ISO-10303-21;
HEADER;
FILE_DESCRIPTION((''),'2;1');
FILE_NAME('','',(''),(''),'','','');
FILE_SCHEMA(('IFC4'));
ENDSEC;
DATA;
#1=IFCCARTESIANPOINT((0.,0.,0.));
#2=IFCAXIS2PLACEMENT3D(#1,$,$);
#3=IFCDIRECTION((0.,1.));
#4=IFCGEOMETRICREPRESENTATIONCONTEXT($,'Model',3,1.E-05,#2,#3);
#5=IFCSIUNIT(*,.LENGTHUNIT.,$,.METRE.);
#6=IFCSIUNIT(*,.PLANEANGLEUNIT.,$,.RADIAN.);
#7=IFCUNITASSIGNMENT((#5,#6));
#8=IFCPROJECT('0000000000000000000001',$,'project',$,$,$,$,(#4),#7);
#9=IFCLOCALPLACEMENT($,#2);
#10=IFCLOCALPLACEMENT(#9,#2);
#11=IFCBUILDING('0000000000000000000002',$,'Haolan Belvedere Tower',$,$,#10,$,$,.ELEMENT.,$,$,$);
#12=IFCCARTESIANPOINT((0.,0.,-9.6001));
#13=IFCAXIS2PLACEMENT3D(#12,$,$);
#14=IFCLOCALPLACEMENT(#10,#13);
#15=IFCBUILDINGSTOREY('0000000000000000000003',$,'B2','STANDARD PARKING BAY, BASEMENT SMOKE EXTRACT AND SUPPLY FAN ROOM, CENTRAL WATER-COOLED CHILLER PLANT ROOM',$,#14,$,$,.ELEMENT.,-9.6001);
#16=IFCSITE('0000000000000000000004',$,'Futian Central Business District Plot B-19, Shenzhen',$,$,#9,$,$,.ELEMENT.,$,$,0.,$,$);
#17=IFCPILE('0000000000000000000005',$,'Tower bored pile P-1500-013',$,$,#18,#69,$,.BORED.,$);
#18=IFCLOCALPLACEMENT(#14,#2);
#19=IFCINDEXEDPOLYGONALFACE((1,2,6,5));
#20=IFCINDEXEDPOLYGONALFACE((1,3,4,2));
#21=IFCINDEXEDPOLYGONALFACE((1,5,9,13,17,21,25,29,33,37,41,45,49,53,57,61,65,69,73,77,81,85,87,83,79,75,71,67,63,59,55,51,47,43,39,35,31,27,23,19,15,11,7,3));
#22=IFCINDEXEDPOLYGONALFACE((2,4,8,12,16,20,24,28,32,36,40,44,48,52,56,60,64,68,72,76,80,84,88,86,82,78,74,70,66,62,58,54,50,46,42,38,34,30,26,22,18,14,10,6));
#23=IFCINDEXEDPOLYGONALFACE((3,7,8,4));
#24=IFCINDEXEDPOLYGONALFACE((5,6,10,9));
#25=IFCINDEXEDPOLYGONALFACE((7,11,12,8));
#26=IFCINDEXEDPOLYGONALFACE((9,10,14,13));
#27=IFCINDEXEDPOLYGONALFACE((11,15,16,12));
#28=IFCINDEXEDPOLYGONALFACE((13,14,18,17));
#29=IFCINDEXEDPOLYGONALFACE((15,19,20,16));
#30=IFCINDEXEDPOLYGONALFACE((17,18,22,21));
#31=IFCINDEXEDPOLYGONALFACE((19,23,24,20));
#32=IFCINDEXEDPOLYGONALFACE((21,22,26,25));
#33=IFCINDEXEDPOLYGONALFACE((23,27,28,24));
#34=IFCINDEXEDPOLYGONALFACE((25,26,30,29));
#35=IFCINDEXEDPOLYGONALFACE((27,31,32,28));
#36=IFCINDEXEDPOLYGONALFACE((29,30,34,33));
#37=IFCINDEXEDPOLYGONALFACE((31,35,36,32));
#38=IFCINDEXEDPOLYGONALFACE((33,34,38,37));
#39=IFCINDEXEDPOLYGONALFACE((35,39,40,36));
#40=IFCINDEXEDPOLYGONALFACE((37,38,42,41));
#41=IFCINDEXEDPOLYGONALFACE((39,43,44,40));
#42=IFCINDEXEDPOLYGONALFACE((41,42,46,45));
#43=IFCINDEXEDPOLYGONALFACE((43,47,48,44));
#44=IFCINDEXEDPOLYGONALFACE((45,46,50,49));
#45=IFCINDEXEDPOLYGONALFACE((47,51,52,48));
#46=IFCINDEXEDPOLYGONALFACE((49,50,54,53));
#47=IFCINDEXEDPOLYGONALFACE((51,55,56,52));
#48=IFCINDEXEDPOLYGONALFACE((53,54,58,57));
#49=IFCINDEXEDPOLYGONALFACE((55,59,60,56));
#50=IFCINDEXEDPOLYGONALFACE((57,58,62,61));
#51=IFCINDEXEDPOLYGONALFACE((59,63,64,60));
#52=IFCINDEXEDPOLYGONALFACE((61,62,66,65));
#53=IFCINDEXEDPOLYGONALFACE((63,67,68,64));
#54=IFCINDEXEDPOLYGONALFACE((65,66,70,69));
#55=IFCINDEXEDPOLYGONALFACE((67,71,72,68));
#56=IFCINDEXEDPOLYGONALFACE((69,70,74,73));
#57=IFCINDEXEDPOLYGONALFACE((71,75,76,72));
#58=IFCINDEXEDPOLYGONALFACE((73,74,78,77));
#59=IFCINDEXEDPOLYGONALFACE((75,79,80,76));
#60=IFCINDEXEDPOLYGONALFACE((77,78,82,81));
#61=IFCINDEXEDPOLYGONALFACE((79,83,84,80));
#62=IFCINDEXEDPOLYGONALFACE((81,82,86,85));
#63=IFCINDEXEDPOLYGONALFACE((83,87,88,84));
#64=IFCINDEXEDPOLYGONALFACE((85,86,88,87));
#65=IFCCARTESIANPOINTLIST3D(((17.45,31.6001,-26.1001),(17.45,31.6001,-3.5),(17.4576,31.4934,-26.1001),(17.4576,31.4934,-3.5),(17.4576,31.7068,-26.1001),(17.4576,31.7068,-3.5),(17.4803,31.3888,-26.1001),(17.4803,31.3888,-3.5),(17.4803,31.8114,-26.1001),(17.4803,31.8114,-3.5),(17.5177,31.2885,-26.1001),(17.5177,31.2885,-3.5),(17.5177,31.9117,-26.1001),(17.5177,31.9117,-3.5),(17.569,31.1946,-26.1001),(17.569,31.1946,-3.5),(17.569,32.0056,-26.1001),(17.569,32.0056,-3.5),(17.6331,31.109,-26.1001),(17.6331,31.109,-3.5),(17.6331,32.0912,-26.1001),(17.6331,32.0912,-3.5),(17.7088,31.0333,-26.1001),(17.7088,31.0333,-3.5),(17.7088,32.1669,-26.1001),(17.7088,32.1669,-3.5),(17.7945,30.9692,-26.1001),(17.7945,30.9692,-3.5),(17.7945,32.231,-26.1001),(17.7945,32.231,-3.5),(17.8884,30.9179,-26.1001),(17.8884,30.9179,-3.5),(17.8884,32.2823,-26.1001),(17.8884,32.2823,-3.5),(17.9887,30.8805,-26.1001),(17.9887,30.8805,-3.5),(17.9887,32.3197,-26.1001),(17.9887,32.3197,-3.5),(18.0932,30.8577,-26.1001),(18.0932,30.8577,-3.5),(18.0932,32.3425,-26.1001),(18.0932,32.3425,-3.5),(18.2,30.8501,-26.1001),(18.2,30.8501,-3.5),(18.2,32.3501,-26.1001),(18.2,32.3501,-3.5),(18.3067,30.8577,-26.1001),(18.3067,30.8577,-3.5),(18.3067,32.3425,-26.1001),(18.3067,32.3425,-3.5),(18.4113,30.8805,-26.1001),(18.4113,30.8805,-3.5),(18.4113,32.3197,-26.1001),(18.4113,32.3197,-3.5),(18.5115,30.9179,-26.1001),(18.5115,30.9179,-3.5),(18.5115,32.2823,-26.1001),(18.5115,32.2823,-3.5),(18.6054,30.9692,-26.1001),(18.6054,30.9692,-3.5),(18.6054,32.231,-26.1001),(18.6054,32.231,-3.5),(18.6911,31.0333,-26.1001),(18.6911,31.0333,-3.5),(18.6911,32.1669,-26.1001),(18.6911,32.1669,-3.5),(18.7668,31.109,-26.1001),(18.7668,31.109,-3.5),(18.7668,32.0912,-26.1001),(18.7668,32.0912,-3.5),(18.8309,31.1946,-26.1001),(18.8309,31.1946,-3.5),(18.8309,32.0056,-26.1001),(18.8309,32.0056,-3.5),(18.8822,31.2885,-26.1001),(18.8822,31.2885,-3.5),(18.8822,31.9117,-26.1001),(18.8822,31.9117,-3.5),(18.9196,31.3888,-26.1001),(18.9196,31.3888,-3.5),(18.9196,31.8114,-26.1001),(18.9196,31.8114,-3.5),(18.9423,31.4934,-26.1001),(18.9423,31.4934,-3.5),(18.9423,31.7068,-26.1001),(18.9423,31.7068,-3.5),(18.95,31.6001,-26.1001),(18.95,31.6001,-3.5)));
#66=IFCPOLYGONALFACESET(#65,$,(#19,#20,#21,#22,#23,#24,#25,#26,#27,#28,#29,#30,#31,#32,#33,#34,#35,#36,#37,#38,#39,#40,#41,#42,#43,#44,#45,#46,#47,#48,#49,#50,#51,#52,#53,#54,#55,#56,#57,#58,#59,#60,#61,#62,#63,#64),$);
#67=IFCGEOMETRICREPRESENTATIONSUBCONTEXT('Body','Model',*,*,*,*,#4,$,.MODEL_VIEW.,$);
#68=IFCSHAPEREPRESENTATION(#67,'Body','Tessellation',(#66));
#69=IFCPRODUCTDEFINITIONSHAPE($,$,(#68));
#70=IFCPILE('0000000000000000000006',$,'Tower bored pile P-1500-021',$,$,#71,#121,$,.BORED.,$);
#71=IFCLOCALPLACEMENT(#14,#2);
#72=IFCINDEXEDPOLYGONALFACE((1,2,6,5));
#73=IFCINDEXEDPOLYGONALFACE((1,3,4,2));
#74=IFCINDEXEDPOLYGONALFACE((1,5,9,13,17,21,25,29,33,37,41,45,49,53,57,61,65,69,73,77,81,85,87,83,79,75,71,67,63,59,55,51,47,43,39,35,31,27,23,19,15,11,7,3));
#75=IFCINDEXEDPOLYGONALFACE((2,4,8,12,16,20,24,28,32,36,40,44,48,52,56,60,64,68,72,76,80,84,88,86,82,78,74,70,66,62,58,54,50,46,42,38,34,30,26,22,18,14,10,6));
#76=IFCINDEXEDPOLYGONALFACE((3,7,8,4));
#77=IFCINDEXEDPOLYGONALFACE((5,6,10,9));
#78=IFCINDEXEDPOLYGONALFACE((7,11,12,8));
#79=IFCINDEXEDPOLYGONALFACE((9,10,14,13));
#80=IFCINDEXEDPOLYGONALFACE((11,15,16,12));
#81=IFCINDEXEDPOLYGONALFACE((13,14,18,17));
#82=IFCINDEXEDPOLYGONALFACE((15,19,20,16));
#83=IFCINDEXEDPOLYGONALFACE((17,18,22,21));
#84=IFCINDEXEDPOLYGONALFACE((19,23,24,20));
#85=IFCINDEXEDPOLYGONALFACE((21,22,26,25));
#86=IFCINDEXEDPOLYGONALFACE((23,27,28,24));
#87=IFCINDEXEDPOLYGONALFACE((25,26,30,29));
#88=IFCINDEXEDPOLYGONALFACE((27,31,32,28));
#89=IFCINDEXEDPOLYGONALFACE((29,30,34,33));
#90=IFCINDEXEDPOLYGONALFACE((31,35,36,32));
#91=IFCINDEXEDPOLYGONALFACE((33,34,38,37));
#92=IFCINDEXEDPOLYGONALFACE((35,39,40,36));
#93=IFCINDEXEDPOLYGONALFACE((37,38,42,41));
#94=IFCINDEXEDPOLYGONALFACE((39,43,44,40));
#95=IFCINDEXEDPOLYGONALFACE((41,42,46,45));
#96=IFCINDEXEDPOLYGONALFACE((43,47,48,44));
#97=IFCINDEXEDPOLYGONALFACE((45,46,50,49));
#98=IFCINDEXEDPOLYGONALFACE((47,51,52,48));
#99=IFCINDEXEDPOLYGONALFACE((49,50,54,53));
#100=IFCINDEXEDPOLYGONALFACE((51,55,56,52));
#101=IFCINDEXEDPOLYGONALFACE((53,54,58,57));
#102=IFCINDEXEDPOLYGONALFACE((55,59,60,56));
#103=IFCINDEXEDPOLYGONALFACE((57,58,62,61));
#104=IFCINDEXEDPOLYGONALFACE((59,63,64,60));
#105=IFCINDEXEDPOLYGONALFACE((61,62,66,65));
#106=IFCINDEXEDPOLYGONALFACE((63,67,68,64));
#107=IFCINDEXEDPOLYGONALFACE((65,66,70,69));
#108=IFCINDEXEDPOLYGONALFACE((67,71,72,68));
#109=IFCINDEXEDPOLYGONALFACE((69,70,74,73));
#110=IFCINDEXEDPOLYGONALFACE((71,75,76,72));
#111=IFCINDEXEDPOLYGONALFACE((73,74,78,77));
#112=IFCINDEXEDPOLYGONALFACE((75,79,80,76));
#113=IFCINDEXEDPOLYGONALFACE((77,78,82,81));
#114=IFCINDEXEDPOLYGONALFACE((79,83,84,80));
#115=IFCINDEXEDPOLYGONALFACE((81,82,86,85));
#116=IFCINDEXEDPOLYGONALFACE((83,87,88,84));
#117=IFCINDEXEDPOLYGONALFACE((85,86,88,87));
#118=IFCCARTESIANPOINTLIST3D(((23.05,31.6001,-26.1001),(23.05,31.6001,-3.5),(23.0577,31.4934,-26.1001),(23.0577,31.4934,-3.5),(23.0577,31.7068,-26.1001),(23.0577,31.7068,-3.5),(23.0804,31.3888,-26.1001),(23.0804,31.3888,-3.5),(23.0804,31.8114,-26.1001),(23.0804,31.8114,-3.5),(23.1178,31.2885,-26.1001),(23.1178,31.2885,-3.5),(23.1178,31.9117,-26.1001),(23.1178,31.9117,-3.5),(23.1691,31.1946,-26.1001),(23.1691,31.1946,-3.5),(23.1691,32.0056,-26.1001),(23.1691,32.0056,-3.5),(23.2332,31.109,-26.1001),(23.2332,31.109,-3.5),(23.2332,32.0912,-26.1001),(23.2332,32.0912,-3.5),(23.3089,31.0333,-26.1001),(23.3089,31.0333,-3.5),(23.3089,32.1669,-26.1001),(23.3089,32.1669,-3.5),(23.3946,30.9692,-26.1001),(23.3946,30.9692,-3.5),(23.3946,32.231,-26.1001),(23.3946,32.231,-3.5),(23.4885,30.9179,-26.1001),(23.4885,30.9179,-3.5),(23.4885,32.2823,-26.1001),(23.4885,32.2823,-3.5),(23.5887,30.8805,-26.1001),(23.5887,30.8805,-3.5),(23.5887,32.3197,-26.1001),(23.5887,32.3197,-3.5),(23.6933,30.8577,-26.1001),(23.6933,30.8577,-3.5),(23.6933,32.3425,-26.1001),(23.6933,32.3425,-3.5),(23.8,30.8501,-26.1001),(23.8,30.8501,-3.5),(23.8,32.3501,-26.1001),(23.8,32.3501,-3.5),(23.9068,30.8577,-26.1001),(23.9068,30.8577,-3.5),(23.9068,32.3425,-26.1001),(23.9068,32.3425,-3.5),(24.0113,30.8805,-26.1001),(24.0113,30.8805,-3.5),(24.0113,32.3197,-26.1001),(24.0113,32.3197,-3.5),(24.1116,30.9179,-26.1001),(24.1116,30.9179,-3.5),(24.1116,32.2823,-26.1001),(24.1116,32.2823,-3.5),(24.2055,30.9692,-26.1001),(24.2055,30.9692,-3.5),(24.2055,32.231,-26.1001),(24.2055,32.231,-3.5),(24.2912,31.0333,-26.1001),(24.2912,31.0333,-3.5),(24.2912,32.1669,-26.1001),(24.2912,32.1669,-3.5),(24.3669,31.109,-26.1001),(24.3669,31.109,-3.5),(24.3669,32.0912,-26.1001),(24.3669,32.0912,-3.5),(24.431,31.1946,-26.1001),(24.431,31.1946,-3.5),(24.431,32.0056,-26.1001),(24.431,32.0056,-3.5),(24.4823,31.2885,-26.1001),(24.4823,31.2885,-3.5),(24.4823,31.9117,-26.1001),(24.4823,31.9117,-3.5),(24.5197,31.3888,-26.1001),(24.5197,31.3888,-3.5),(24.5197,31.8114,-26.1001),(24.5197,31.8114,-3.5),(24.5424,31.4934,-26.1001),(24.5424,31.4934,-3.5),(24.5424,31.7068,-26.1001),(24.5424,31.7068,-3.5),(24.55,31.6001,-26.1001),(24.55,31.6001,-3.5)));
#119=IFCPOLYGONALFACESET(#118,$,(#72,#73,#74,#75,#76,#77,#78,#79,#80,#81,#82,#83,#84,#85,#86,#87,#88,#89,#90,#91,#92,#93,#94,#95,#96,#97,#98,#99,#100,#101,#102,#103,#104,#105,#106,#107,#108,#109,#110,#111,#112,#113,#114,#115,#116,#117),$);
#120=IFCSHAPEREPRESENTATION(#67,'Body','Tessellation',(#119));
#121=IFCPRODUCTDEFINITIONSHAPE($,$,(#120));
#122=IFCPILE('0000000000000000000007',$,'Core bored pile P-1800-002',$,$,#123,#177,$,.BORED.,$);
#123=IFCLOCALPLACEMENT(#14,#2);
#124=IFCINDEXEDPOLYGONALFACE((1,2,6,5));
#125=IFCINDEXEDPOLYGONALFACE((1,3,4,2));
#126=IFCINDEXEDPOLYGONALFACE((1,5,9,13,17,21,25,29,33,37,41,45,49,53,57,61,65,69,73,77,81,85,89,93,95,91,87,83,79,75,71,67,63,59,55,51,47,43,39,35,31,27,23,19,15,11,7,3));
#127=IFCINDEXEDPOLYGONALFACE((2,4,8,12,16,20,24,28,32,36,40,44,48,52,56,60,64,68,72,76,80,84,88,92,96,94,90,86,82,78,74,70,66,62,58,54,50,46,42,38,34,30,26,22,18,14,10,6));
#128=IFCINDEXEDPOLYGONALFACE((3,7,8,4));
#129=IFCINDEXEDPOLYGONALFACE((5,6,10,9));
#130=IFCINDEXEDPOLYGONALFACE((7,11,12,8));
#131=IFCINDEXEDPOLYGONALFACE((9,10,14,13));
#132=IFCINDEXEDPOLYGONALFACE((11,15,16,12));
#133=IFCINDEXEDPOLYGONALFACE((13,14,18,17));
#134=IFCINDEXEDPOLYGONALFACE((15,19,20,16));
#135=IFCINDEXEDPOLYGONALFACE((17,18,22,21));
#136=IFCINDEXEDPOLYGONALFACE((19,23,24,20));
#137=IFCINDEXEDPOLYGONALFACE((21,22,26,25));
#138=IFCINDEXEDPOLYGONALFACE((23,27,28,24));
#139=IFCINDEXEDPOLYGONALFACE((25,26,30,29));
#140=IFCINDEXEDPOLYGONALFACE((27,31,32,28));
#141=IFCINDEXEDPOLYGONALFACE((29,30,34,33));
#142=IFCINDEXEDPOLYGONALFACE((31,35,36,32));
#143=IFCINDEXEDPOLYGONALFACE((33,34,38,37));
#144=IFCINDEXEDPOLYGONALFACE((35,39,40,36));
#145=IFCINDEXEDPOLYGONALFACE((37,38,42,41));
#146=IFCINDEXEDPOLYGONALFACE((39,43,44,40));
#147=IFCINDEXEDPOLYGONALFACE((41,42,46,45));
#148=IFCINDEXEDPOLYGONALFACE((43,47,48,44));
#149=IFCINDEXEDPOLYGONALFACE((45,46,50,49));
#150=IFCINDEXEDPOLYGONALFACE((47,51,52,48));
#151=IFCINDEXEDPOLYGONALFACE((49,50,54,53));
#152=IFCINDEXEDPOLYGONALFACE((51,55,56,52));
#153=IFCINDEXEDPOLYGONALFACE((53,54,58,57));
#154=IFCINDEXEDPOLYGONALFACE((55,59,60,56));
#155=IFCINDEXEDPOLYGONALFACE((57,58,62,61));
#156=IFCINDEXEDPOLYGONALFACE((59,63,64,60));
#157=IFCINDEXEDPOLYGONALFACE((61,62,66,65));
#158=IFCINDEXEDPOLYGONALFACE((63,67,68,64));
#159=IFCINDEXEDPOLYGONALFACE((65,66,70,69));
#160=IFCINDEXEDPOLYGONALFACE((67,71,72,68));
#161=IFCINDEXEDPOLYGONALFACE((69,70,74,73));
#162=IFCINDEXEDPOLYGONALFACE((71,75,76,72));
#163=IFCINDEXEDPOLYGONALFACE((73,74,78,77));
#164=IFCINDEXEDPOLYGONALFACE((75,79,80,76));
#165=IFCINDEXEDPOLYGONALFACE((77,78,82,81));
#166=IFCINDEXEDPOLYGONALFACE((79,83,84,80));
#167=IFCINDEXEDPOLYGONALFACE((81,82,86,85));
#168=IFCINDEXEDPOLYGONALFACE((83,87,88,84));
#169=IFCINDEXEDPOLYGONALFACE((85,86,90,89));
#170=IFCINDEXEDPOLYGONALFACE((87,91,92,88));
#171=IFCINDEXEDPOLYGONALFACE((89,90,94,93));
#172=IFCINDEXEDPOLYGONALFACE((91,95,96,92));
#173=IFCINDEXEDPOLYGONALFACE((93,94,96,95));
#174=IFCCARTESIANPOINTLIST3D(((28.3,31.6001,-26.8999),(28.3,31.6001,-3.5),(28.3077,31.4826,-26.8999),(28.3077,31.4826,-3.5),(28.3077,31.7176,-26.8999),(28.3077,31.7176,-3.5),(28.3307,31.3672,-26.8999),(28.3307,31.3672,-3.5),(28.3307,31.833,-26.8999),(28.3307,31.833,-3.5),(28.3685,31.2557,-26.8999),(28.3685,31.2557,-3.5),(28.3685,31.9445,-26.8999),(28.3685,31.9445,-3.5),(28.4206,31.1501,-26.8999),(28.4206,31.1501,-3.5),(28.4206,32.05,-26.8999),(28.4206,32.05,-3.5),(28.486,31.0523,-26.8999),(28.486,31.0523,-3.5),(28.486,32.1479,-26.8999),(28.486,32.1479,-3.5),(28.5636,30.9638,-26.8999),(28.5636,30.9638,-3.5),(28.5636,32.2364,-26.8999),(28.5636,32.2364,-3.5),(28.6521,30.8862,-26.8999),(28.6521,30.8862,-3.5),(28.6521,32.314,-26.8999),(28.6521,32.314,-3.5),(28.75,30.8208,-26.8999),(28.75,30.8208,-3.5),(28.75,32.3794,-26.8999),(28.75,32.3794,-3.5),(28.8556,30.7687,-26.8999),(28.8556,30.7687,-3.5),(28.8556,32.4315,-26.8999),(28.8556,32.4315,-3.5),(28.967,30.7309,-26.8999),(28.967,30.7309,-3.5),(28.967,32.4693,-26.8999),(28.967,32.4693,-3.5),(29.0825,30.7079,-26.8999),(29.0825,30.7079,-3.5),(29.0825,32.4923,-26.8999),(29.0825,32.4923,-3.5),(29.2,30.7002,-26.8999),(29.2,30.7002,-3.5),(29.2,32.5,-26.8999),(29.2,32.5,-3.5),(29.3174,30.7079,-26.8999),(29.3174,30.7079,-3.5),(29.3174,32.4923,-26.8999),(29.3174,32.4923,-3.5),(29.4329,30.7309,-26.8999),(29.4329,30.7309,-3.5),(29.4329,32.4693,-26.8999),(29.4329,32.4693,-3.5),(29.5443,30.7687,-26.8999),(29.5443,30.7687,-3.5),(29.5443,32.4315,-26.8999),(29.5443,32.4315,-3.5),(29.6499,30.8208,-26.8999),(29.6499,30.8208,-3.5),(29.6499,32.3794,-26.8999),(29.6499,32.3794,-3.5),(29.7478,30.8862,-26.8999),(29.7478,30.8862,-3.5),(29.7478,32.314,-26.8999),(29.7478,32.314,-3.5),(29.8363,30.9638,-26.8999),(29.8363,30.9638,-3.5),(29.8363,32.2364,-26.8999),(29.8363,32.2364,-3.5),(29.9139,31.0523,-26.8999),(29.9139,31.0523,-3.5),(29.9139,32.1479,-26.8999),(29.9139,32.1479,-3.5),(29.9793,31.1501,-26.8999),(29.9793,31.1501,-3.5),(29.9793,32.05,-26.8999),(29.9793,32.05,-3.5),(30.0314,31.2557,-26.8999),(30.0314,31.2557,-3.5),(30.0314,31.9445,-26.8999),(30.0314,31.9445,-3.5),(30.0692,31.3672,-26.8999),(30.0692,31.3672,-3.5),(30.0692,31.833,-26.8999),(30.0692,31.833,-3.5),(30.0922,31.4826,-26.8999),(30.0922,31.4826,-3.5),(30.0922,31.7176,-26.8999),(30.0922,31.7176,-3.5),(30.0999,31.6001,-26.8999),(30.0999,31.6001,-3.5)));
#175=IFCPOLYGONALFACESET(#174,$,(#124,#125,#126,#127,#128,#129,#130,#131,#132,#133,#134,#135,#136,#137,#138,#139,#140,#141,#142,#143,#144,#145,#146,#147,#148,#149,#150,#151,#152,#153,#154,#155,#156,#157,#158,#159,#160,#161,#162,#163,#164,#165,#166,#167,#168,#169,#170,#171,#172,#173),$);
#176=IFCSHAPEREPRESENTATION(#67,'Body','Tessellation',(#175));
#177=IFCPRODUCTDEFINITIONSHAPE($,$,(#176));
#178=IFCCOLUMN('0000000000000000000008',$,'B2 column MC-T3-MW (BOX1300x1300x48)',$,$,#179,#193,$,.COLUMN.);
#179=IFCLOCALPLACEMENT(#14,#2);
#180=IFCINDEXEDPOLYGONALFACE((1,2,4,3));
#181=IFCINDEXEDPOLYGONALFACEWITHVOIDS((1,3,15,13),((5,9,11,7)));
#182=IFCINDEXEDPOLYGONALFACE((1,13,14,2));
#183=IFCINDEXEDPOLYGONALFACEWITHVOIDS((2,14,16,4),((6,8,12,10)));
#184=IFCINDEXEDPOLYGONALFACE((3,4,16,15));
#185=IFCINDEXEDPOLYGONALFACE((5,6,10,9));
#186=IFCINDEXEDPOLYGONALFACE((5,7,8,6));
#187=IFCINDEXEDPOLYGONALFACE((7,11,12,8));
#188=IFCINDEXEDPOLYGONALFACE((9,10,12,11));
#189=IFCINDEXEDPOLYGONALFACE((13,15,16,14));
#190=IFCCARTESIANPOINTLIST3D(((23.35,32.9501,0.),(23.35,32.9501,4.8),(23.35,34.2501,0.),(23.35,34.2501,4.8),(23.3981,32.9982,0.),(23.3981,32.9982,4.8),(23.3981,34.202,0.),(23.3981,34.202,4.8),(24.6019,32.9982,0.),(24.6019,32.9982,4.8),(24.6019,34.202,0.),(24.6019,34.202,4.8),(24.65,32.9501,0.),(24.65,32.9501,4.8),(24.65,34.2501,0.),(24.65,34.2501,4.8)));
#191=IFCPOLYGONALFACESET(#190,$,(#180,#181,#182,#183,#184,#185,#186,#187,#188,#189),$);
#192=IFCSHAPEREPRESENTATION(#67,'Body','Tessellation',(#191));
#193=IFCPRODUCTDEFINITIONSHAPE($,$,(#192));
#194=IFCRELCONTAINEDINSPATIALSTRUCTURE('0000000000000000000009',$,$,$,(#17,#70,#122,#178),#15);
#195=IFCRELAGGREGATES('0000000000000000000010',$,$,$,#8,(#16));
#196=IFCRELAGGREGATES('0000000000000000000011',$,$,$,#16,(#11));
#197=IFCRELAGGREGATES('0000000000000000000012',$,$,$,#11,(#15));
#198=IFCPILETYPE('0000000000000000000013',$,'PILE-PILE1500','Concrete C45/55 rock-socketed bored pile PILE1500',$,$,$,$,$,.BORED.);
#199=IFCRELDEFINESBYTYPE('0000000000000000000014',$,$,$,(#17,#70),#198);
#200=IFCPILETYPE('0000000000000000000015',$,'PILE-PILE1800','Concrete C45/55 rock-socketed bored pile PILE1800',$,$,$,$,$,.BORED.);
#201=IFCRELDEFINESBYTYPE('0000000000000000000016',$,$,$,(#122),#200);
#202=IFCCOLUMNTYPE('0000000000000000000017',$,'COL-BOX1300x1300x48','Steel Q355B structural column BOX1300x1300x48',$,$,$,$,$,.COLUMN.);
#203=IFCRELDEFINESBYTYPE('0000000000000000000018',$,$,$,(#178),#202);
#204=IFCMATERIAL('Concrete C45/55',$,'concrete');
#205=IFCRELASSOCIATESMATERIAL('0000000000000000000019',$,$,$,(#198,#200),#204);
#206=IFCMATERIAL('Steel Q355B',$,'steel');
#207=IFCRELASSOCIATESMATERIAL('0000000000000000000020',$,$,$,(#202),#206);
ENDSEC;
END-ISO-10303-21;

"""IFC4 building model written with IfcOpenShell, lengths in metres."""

from ifc_helpers import new_model, si_unit, direction, frame, origin, origin_2d, place, context, subcontext, project, spatial, hollow_rectangle, circle, extrude, material, material_profile, profile_set, type_object, element, save


model = new_model("IFC4")

# Units and contexts
model_context = context("Model", 3, precision=1e-05, world=origin(), true_north=direction((0.0, 1.0)))
body_context = subcontext(model_context, "Body", "Model", "MODEL_VIEW")
ifc_project = project(units=[si_unit("LENGTHUNIT", "METRE"), si_unit("PLANEANGLEUNIT", "RADIAN")], contexts=[model_context])

# Site, building, storey
site_placement = place(None, origin())
site = spatial("IfcSite", under=ifc_project, at=site_placement, Name="Futian Central Business District Plot B-19, Shenzhen", CompositionType="ELEMENT", RefElevation=0.0)
building_placement = place(site_placement, origin())
building = spatial("IfcBuilding", under=site, at=building_placement, Name="Haolan Belvedere Tower", CompositionType="ELEMENT")
storey_placement = place(building_placement, frame((0.0, 0.0, -9.6001)))
storey = spatial("IfcBuildingStorey", under=building, at=storey_placement, Name="B2", Description="STANDARD PARKING BAY, BASEMENT SMOKE EXTRACT AND SUPPLY FAN ROOM, CENTRAL WATER-COOLED CHILLER PLANT ROOM", CompositionType="ELEMENT", Elevation=-9.6001)

# Piles
ifc_material_1 = material(Name="Concrete C45/55", Category="concrete")
ifc_material_profile_1 = material_profile(ifc_material_1, circle(Radius=0.75, at=origin_2d()), Name="Concrete C45/55")
ifc_profile_set_1 = profile_set([ifc_material_profile_1], Name="Concrete C45/55")
pile_type_1 = type_object("IfcPileType", Name="PILE-PILE1500", Description="Concrete C45/55 rock-socketed bored pile PILE1500", PredefinedType="BORED", material=ifc_profile_set_1)
for number, where, z_axis, x_axis, name in (
    (1, (18.2, 31.6001, -3.5), (0.0, 0.0, -1.0), (1.0, 0.0, 0.0), "Tower bored pile P-1500-013"),
    (2, (23.8, 31.6001, -3.5), (0.0, 0.0, -1.0), (1.0, 0.0, 0.0), "Tower bored pile P-1500-021"),
):
    element("IfcPile", number, at=place(storey_placement, frame(where, z_axis=z_axis, x_axis=x_axis)), inside=storey, type_object=pile_type_1, Name=name, PredefinedType="BORED", context=body_context, shape_type="SweptSolid", body=[
        extrude(circle(Radius=0.75, at=origin_2d()), origin(), (0.0, 0.0, 1.0), 22.6001),
    ])
ifc_material_profile_2 = material_profile(ifc_material_1, circle(Radius=0.8999, at=origin_2d()), Name="Concrete C45/55")
ifc_profile_set_2 = profile_set([ifc_material_profile_2], Name="Concrete C45/55")
pile_type_2 = type_object("IfcPileType", Name="PILE-PILE1800", Description="Concrete C45/55 rock-socketed bored pile PILE1800", PredefinedType="BORED", material=ifc_profile_set_2)
pile_placement = place(storey_placement, frame((29.2, 31.6001, -3.5), z_axis=(0.0, 0.0, -1.0), x_axis=(1.0, 0.0, 0.0)))
element("IfcPile", 3, at=pile_placement, inside=storey, type_object=pile_type_2, Name="Core bored pile P-1800-002", PredefinedType="BORED", context=body_context, shape_type="SweptSolid", body=[
    extrude(circle(Radius=0.8999, at=origin_2d()), origin(), (0.0, 0.0, 1.0), 23.3999),
])

# Column
ifc_material_2 = material(Name="Steel Q355B", Category="steel")
ifc_material_profile_3 = material_profile(ifc_material_2, hollow_rectangle(XDim=1.3, YDim=1.3, WallThickness=0.0481, at=origin_2d()), Name="Steel Q355B")
ifc_profile_set_3 = profile_set([ifc_material_profile_3], Name="Steel Q355B")
column_type = type_object("IfcColumnType", Name="COL-BOX1300x1300x48", Description="Steel Q355B structural column BOX1300x1300x48", PredefinedType="COLUMN", material=ifc_profile_set_3)
column_placement = place(storey_placement, frame((24.0, 33.6001, 0.0), z_axis=(0.0, 0.0, 1.0), x_axis=(1.0, 0.0, 0.0)))
element("IfcColumn", 4, at=column_placement, inside=storey, type_object=column_type, Name="B2 column MC-T3-MW (BOX1300x1300x48)", PredefinedType="COLUMN", context=body_context, shape_type="SweptSolid", body=[
    extrude(hollow_rectangle(XDim=1.3, YDim=1.3, WallThickness=0.0481, at=origin_2d()), origin(), (0.0, 0.0, 1.0), 4.8),
])

save(model, "model.ifc")
